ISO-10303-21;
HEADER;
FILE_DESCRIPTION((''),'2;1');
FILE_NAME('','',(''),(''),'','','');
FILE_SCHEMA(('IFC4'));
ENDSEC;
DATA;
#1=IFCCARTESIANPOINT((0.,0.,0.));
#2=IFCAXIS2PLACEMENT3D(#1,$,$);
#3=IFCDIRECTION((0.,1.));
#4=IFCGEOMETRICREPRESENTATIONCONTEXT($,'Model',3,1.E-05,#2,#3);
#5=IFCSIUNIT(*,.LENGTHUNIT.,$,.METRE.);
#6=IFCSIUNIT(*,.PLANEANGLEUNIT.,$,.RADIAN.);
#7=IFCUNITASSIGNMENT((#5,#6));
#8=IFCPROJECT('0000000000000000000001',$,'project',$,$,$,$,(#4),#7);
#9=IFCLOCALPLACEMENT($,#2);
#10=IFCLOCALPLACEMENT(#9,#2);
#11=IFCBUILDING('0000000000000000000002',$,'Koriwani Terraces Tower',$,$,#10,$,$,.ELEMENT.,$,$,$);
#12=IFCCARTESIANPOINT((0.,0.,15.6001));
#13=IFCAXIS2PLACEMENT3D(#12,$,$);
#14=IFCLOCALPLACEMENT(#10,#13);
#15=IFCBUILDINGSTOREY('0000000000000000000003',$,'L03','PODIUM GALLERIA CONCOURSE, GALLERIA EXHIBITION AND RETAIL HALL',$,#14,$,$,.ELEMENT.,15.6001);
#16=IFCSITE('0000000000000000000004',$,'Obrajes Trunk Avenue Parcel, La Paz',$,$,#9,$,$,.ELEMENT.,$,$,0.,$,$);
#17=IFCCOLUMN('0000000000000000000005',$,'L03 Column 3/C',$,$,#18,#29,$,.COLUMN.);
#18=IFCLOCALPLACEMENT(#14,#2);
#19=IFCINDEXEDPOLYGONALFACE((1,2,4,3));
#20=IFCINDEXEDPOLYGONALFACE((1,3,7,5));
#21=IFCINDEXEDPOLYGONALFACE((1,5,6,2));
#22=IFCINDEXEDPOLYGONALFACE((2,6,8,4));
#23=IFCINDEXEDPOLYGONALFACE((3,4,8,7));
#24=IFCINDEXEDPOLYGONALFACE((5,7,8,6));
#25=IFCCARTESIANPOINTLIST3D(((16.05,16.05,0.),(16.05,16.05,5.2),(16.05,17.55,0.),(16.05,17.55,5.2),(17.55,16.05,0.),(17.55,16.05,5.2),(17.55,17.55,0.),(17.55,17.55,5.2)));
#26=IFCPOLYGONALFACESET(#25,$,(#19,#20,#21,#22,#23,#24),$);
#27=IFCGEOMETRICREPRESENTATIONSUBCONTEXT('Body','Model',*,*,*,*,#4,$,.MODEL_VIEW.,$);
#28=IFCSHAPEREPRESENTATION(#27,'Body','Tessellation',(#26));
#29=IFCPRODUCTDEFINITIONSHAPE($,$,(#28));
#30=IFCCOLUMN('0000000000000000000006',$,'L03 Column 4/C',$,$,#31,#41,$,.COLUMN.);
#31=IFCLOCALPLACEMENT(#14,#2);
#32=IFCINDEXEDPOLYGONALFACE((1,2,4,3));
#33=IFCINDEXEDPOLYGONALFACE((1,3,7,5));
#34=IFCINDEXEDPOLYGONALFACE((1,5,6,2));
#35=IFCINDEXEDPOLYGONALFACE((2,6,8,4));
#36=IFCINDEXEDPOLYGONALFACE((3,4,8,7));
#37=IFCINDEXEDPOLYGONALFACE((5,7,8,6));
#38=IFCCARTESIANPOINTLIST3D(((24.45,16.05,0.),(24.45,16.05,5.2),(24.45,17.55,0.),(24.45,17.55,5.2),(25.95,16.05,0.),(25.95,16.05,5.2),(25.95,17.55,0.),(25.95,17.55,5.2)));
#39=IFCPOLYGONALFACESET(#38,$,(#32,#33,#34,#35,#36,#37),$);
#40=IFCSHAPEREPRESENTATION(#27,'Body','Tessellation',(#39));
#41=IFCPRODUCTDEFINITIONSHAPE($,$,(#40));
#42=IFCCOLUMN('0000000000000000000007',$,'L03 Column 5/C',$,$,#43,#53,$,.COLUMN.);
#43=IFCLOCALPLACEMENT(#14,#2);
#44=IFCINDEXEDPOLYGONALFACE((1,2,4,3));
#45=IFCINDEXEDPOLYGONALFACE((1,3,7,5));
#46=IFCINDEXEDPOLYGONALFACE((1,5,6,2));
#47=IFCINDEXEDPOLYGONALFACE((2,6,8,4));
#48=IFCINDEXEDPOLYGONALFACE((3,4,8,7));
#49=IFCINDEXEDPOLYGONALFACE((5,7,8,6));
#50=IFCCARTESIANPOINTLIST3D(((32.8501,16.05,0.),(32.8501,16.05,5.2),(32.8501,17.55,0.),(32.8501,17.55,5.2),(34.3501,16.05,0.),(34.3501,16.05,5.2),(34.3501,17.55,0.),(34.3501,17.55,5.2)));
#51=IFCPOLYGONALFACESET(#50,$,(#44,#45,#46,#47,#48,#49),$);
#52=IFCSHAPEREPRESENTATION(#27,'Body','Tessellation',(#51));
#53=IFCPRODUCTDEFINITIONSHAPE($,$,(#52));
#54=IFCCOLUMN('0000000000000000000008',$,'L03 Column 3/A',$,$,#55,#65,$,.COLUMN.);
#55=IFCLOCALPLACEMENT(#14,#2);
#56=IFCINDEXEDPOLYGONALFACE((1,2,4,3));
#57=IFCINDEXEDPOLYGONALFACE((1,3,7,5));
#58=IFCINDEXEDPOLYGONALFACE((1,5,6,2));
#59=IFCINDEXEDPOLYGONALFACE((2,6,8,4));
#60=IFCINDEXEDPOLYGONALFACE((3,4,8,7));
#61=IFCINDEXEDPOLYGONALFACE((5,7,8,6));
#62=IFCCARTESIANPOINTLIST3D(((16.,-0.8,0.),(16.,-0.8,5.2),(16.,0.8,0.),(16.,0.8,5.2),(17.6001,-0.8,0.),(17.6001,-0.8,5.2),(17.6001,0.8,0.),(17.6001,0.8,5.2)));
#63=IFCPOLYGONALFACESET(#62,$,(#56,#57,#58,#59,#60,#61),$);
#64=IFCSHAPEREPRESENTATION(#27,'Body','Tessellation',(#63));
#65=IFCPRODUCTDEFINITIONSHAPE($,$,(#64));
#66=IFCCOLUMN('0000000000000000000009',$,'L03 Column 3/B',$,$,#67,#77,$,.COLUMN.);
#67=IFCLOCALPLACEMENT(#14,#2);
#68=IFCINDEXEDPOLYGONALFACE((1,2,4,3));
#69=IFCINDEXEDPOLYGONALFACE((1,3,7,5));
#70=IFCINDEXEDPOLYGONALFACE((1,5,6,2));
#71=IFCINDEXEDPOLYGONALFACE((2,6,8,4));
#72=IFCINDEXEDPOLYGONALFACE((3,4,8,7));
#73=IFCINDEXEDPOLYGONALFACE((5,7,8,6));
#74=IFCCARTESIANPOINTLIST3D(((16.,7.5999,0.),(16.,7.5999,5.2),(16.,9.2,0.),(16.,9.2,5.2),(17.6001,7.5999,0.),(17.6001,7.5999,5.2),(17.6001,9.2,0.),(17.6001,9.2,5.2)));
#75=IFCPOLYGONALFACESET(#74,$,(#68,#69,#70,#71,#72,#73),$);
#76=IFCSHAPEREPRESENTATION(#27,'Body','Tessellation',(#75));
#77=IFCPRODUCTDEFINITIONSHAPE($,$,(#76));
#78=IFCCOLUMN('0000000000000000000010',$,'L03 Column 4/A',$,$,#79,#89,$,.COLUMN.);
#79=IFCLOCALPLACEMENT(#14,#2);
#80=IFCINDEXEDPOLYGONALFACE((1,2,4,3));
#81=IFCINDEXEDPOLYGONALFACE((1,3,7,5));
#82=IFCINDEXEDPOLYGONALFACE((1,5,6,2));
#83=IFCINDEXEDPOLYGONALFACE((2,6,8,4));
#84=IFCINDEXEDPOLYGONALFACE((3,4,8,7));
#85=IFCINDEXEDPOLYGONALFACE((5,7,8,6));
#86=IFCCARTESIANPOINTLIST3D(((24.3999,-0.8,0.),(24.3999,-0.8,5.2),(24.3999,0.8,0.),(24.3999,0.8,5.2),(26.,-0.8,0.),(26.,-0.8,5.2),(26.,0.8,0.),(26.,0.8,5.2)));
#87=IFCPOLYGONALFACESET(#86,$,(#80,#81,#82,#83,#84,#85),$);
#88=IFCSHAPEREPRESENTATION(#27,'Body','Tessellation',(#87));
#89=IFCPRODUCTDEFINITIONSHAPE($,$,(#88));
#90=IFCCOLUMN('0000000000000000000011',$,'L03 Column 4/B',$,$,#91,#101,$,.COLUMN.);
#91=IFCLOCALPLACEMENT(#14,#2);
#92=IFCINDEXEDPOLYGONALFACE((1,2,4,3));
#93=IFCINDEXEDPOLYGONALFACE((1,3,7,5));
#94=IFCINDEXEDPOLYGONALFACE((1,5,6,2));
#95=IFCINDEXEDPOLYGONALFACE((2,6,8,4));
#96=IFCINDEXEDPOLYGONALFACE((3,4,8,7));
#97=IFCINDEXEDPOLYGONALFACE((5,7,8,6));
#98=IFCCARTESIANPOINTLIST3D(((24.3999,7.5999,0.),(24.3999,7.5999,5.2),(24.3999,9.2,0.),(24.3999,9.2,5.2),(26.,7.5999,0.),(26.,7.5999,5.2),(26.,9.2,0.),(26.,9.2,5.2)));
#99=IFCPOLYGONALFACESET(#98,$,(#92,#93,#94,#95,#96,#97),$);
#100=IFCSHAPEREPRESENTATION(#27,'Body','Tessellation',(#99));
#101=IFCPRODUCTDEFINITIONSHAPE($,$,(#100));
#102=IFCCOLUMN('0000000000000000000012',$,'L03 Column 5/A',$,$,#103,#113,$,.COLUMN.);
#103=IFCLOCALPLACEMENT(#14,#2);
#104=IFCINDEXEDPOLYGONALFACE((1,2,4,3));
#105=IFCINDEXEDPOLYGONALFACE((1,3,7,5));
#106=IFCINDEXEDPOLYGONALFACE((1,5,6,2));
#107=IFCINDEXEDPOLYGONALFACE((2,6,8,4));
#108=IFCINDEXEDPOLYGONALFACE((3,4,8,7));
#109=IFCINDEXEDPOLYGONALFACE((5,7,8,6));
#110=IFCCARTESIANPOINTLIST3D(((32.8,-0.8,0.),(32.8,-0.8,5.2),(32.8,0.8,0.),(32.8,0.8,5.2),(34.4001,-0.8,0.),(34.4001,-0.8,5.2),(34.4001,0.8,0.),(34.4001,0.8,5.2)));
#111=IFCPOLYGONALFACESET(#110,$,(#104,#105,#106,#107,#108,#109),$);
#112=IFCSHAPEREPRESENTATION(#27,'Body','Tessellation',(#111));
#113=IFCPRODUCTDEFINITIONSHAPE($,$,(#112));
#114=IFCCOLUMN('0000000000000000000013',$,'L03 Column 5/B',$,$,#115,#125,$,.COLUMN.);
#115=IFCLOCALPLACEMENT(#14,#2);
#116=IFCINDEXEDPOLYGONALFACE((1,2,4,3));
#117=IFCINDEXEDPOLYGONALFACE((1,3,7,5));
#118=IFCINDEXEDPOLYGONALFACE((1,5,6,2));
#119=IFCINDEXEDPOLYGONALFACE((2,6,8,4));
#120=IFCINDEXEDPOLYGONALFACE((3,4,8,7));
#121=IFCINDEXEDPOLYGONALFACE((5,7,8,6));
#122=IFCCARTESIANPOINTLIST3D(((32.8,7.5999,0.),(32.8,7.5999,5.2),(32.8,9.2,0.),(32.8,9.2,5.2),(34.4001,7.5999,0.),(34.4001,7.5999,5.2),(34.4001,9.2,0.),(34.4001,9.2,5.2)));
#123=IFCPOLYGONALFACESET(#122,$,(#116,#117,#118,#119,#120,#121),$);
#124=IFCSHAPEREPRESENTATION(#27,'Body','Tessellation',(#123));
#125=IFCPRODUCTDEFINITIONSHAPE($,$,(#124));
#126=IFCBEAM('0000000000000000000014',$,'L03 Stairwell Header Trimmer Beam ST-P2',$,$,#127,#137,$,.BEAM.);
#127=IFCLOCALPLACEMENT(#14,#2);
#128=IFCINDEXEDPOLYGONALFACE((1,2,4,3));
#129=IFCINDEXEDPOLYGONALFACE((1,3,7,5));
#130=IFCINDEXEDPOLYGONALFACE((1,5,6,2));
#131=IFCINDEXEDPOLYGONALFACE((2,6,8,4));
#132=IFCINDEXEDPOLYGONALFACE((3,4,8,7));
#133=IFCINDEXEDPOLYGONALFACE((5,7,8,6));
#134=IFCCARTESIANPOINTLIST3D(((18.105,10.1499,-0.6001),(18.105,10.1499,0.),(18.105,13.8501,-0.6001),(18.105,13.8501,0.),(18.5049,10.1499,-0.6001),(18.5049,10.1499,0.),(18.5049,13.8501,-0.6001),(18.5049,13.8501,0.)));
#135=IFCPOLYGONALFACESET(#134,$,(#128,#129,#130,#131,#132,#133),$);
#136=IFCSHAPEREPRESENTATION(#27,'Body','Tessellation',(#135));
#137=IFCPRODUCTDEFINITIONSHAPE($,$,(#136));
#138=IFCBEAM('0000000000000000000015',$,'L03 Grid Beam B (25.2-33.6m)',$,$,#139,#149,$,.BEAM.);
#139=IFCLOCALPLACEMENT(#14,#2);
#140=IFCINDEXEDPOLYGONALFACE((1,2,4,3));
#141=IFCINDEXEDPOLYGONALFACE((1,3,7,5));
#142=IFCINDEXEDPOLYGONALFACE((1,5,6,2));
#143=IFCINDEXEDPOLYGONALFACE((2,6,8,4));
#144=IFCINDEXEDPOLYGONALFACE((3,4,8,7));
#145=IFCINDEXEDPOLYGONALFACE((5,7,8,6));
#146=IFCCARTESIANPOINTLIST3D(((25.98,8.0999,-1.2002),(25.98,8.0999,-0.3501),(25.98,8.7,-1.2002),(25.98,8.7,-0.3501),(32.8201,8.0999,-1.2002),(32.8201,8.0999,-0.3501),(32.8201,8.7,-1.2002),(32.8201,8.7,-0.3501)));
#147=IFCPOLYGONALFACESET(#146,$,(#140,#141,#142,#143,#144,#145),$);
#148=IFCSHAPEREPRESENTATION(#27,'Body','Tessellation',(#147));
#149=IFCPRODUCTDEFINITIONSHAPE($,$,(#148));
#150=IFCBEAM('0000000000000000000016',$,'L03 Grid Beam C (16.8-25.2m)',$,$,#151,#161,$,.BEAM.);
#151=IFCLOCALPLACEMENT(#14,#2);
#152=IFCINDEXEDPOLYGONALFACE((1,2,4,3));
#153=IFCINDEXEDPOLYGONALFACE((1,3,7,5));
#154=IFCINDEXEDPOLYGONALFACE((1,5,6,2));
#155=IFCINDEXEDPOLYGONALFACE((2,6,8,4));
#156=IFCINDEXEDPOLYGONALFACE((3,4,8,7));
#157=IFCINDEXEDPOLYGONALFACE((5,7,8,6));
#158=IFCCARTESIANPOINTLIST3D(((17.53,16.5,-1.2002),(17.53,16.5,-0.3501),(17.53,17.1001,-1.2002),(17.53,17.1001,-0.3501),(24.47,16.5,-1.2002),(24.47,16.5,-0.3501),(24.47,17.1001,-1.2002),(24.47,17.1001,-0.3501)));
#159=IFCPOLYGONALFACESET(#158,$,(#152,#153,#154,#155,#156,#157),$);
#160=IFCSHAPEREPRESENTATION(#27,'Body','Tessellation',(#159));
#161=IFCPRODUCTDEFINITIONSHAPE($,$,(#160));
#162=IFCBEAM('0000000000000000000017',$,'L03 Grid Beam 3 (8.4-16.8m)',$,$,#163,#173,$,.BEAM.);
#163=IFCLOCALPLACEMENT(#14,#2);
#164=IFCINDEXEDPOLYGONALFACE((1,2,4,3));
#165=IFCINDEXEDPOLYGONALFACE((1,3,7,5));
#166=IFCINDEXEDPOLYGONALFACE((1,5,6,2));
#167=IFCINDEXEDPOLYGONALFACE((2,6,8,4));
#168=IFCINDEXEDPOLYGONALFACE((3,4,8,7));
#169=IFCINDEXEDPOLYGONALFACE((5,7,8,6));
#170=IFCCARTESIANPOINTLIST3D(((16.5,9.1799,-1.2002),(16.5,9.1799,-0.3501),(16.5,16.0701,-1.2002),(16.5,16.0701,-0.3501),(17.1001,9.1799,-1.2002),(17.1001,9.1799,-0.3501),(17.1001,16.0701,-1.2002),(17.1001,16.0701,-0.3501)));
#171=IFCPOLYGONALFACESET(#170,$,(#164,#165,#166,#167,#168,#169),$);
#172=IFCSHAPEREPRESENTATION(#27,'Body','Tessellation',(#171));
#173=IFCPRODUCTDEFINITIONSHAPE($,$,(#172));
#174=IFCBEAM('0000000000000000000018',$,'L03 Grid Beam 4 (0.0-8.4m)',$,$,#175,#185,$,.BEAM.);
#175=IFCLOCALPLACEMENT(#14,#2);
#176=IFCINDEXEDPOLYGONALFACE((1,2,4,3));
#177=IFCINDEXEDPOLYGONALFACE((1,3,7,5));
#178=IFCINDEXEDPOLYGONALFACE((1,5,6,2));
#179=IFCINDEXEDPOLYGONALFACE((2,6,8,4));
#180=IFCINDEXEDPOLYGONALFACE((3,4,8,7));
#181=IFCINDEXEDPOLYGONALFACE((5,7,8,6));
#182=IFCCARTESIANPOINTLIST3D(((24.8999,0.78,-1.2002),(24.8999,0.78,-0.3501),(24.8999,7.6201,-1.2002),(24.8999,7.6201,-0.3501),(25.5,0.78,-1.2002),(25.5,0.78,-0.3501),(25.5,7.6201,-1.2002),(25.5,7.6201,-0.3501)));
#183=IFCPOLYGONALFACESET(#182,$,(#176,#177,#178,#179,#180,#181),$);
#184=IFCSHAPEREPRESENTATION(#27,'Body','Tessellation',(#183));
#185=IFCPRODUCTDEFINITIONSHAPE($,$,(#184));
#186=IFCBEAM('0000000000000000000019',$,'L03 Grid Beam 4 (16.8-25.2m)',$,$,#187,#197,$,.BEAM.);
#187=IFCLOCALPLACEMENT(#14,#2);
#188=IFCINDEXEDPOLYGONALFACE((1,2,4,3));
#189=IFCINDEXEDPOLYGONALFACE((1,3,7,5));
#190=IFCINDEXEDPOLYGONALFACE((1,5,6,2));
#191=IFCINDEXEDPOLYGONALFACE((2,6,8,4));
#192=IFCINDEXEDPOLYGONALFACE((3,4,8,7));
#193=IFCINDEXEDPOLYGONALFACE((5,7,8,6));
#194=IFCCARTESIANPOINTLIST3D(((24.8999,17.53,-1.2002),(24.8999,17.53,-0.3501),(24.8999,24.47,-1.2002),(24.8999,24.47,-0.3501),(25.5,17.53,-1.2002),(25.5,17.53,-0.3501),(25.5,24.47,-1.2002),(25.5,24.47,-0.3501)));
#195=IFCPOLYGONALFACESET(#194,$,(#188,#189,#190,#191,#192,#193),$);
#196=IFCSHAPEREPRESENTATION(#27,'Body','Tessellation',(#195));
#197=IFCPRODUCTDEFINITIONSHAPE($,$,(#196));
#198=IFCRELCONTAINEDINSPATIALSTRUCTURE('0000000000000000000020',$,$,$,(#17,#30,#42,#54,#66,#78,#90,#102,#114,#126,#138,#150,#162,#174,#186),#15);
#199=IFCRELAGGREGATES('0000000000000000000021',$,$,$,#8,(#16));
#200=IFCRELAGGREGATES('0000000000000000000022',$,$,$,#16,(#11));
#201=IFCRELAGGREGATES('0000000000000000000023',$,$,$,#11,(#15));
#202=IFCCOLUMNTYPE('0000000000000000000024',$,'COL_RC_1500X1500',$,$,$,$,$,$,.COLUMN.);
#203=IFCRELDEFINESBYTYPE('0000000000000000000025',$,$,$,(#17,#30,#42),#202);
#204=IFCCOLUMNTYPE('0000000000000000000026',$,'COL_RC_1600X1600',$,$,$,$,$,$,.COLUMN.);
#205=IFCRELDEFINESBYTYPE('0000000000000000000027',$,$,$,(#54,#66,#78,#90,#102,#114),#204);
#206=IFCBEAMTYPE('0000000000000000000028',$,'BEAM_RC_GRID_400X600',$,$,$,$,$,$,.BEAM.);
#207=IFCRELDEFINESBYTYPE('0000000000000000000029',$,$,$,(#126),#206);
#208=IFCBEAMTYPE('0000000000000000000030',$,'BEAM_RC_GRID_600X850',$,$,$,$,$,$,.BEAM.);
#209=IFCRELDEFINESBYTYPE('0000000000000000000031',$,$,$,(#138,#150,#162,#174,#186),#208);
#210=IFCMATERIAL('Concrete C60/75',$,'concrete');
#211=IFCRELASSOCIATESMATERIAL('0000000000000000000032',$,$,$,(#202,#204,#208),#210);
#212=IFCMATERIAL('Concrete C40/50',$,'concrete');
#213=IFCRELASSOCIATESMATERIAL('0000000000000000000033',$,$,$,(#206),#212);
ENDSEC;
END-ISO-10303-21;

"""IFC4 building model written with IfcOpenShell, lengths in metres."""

from ifc_helpers import new_model, si_unit, direction, frame, origin, origin_2d, place, context, subcontext, project, spatial, rectangle, extrude, material, material_profile, profile_set, type_object, element, save


model = new_model("IFC4")

# Units and contexts
model_context = context("Model", 3, precision=1e-05, world=origin(), true_north=direction((0.0, 1.0)))
body_context = subcontext(model_context, "Body", "Model", "MODEL_VIEW")
ifc_project = project(units=[si_unit("LENGTHUNIT", "METRE"), si_unit("PLANEANGLEUNIT", "RADIAN")], contexts=[model_context])

# Site, building, storey
site_placement = place(None, origin())
site = spatial("IfcSite", under=ifc_project, at=site_placement, Name="Obrajes Trunk Avenue Parcel, La Paz", CompositionType="ELEMENT", RefElevation=0.0)
building_placement = place(site_placement, origin())
building = spatial("IfcBuilding", under=site, at=building_placement, Name="Koriwani Terraces Tower", CompositionType="ELEMENT")
storey_placement = place(building_placement, frame((0.0, 0.0, 15.6001)))
storey = spatial("IfcBuildingStorey", under=building, at=storey_placement, Name="L03", Description="PODIUM GALLERIA CONCOURSE, GALLERIA EXHIBITION AND RETAIL HALL", CompositionType="ELEMENT", Elevation=15.6001)

# Columns
ifc_material_1 = material(Name="Concrete C60/75", Category="concrete")
ifc_material_profile_1 = material_profile(ifc_material_1, rectangle(XDim=1.5, YDim=1.5, at=origin_2d()), Name="Concrete C60/75", Category="LoadBearing")
ifc_profile_set_1 = profile_set([ifc_material_profile_1], Name="Concrete C60/75")
column_type_1 = type_object("IfcColumnType", Name="COL_RC_1500X1500", PredefinedType="COLUMN", material=ifc_profile_set_1)
for number, where, z_axis, x_axis, name in (
    (1, (16.8, 16.8, 0.0), (0.0, 0.0, 1.0), (1.0, 0.0, 0.0), "L03 Column 3/C"),
    (2, (25.2, 16.8, 0.0), (0.0, 0.0, 1.0), (1.0, 0.0, 0.0), "L03 Column 4/C"),
    (3, (33.6001, 16.8, 0.0), (0.0, 0.0, 1.0), (1.0, 0.0, 0.0), "L03 Column 5/C"),
):
    element("IfcColumn", number, at=place(storey_placement, frame(where, z_axis=z_axis, x_axis=x_axis)), inside=storey, type_object=column_type_1, Name=name, PredefinedType="COLUMN", context=body_context, shape_type="SweptSolid", body=[
        extrude(rectangle(XDim=1.5, YDim=1.5, at=origin_2d()), origin(), (0.0, 0.0, 1.0), 5.2),
    ])
ifc_material_profile_2 = material_profile(ifc_material_1, rectangle(XDim=1.6001, YDim=1.6001, at=origin_2d()), Name="Concrete C60/75", Category="LoadBearing")
ifc_profile_set_2 = profile_set([ifc_material_profile_2], Name="Concrete C60/75")
column_type_2 = type_object("IfcColumnType", Name="COL_RC_1600X1600", PredefinedType="COLUMN", material=ifc_profile_set_2)
for number, where, z_axis, x_axis, name in (
    (4, (16.8, 0.0, 0.0), (0.0, 0.0, 1.0), (1.0, 0.0, 0.0), "L03 Column 3/A"),
    (5, (16.8, 8.3999, 0.0), (0.0, 0.0, 1.0), (1.0, 0.0, 0.0), "L03 Column 3/B"),
    (6, (25.2, 0.0, 0.0), (0.0, 0.0, 1.0), (1.0, 0.0, 0.0), "L03 Column 4/A"),
    (7, (25.2, 8.3999, 0.0), (0.0, 0.0, 1.0), (1.0, 0.0, 0.0), "L03 Column 4/B"),
    (8, (33.6001, 0.0, 0.0), (0.0, 0.0, 1.0), (1.0, 0.0, 0.0), "L03 Column 5/A"),
    (9, (33.6001, 8.3999, 0.0), (0.0, 0.0, 1.0), (1.0, 0.0, 0.0), "L03 Column 5/B"),
):
    element("IfcColumn", number, at=place(storey_placement, frame(where, z_axis=z_axis, x_axis=x_axis)), inside=storey, type_object=column_type_2, Name=name, PredefinedType="COLUMN", context=body_context, shape_type="SweptSolid", body=[
        extrude(rectangle(XDim=1.6001, YDim=1.6001, at=origin_2d()), origin(), (0.0, 0.0, 1.0), 5.2),
    ])

# Beams
ifc_material_2 = material(Name="Concrete C40/50", Category="concrete")
ifc_material_profile_3 = material_profile(ifc_material_2, rectangle(XDim=0.3999, YDim=0.6001, at=origin_2d()), Name="Concrete C40/50", Category="LoadBearing")
ifc_profile_set_3 = profile_set([ifc_material_profile_3], Name="Concrete C40/50")
beam_type_1 = type_object("IfcBeamType", Name="BEAM_RC_GRID_400X600", PredefinedType="BEAM", material=ifc_profile_set_3)
beam_1_placement = place(storey_placement, frame((18.3049, 10.1499, -0.3), z_axis=(0.0, 1.0, 0.0), x_axis=(-1.0, 0.0, 0.0)))
element("IfcBeam", 10, at=beam_1_placement, inside=storey, type_object=beam_type_1, Name="L03 Stairwell Header Trimmer Beam ST-P2", PredefinedType="BEAM", context=body_context, shape_type="SweptSolid", body=[
    extrude(rectangle(XDim=0.3999, YDim=0.6001, at=origin_2d()), origin(), (0.0, 0.0, 1.0), 3.7002),
])
ifc_material_profile_4 = material_profile(ifc_material_1, rectangle(XDim=0.6001, YDim=0.8501, at=origin_2d()), Name="Concrete C60/75", Category="LoadBearing")
ifc_profile_set_4 = profile_set([ifc_material_profile_4], Name="Concrete C60/75")
beam_type_2 = type_object("IfcBeamType", Name="BEAM_RC_GRID_600X850", PredefinedType="BEAM", material=ifc_profile_set_4)
beam_2_placement = place(storey_placement, frame((25.98, 8.3999, -0.7751), z_axis=(1.0, 0.0, 0.0), x_axis=(0.0, 1.0, 0.0)))
element("IfcBeam", 11, at=beam_2_placement, inside=storey, type_object=beam_type_2, Name="L03 Grid Beam B (25.2-33.6m)", PredefinedType="BEAM", context=body_context, shape_type="SweptSolid", body=[
    extrude(rectangle(XDim=0.6001, YDim=0.8501, at=origin_2d()), origin(), (0.0, 0.0, 1.0), 6.8401),
])
beam_3_placement = place(storey_placement, frame((17.53, 16.8, -0.7751), z_axis=(1.0, 0.0, 0.0), x_axis=(0.0, 1.0, 0.0)))
element("IfcBeam", 12, at=beam_3_placement, inside=storey, type_object=beam_type_2, Name="L03 Grid Beam C (16.8-25.2m)", PredefinedType="BEAM", context=body_context, shape_type="SweptSolid", body=[
    extrude(rectangle(XDim=0.6001, YDim=0.8501, at=origin_2d()), origin(), (0.0, 0.0, 1.0), 6.9399),
])
beam_4_placement = place(storey_placement, frame((16.8, 9.1799, -0.7751), z_axis=(0.0, 1.0, 0.0), x_axis=(-1.0, 0.0, 0.0)))
element("IfcBeam", 13, at=beam_4_placement, inside=storey, type_object=beam_type_2, Name="L03 Grid Beam 3 (8.4-16.8m)", PredefinedType="BEAM", context=body_context, shape_type="SweptSolid", body=[
    extrude(rectangle(XDim=0.6001, YDim=0.8501, at=origin_2d()), origin(), (0.0, 0.0, 1.0), 6.8901),
])
beam_5_placement = place(storey_placement, frame((25.2, 0.78, -0.7751), z_axis=(0.0, 1.0, 0.0), x_axis=(-1.0, 0.0, 0.0)))
element("IfcBeam", 14, at=beam_5_placement, inside=storey, type_object=beam_type_2, Name="L03 Grid Beam 4 (0.0-8.4m)", PredefinedType="BEAM", context=body_context, shape_type="SweptSolid", body=[
    extrude(rectangle(XDim=0.6001, YDim=0.8501, at=origin_2d()), origin(), (0.0, 0.0, 1.0), 6.8401),
])
beam_6_placement = place(storey_placement, frame((25.2, 17.53, -0.7751), z_axis=(0.0, 1.0, 0.0), x_axis=(-1.0, 0.0, 0.0)))
element("IfcBeam", 15, at=beam_6_placement, inside=storey, type_object=beam_type_2, Name="L03 Grid Beam 4 (16.8-25.2m)", PredefinedType="BEAM", context=body_context, shape_type="SweptSolid", body=[
    extrude(rectangle(XDim=0.6001, YDim=0.8501, at=origin_2d()), origin(), (0.0, 0.0, 1.0), 6.9399),
])

save(model, "model.ifc")
